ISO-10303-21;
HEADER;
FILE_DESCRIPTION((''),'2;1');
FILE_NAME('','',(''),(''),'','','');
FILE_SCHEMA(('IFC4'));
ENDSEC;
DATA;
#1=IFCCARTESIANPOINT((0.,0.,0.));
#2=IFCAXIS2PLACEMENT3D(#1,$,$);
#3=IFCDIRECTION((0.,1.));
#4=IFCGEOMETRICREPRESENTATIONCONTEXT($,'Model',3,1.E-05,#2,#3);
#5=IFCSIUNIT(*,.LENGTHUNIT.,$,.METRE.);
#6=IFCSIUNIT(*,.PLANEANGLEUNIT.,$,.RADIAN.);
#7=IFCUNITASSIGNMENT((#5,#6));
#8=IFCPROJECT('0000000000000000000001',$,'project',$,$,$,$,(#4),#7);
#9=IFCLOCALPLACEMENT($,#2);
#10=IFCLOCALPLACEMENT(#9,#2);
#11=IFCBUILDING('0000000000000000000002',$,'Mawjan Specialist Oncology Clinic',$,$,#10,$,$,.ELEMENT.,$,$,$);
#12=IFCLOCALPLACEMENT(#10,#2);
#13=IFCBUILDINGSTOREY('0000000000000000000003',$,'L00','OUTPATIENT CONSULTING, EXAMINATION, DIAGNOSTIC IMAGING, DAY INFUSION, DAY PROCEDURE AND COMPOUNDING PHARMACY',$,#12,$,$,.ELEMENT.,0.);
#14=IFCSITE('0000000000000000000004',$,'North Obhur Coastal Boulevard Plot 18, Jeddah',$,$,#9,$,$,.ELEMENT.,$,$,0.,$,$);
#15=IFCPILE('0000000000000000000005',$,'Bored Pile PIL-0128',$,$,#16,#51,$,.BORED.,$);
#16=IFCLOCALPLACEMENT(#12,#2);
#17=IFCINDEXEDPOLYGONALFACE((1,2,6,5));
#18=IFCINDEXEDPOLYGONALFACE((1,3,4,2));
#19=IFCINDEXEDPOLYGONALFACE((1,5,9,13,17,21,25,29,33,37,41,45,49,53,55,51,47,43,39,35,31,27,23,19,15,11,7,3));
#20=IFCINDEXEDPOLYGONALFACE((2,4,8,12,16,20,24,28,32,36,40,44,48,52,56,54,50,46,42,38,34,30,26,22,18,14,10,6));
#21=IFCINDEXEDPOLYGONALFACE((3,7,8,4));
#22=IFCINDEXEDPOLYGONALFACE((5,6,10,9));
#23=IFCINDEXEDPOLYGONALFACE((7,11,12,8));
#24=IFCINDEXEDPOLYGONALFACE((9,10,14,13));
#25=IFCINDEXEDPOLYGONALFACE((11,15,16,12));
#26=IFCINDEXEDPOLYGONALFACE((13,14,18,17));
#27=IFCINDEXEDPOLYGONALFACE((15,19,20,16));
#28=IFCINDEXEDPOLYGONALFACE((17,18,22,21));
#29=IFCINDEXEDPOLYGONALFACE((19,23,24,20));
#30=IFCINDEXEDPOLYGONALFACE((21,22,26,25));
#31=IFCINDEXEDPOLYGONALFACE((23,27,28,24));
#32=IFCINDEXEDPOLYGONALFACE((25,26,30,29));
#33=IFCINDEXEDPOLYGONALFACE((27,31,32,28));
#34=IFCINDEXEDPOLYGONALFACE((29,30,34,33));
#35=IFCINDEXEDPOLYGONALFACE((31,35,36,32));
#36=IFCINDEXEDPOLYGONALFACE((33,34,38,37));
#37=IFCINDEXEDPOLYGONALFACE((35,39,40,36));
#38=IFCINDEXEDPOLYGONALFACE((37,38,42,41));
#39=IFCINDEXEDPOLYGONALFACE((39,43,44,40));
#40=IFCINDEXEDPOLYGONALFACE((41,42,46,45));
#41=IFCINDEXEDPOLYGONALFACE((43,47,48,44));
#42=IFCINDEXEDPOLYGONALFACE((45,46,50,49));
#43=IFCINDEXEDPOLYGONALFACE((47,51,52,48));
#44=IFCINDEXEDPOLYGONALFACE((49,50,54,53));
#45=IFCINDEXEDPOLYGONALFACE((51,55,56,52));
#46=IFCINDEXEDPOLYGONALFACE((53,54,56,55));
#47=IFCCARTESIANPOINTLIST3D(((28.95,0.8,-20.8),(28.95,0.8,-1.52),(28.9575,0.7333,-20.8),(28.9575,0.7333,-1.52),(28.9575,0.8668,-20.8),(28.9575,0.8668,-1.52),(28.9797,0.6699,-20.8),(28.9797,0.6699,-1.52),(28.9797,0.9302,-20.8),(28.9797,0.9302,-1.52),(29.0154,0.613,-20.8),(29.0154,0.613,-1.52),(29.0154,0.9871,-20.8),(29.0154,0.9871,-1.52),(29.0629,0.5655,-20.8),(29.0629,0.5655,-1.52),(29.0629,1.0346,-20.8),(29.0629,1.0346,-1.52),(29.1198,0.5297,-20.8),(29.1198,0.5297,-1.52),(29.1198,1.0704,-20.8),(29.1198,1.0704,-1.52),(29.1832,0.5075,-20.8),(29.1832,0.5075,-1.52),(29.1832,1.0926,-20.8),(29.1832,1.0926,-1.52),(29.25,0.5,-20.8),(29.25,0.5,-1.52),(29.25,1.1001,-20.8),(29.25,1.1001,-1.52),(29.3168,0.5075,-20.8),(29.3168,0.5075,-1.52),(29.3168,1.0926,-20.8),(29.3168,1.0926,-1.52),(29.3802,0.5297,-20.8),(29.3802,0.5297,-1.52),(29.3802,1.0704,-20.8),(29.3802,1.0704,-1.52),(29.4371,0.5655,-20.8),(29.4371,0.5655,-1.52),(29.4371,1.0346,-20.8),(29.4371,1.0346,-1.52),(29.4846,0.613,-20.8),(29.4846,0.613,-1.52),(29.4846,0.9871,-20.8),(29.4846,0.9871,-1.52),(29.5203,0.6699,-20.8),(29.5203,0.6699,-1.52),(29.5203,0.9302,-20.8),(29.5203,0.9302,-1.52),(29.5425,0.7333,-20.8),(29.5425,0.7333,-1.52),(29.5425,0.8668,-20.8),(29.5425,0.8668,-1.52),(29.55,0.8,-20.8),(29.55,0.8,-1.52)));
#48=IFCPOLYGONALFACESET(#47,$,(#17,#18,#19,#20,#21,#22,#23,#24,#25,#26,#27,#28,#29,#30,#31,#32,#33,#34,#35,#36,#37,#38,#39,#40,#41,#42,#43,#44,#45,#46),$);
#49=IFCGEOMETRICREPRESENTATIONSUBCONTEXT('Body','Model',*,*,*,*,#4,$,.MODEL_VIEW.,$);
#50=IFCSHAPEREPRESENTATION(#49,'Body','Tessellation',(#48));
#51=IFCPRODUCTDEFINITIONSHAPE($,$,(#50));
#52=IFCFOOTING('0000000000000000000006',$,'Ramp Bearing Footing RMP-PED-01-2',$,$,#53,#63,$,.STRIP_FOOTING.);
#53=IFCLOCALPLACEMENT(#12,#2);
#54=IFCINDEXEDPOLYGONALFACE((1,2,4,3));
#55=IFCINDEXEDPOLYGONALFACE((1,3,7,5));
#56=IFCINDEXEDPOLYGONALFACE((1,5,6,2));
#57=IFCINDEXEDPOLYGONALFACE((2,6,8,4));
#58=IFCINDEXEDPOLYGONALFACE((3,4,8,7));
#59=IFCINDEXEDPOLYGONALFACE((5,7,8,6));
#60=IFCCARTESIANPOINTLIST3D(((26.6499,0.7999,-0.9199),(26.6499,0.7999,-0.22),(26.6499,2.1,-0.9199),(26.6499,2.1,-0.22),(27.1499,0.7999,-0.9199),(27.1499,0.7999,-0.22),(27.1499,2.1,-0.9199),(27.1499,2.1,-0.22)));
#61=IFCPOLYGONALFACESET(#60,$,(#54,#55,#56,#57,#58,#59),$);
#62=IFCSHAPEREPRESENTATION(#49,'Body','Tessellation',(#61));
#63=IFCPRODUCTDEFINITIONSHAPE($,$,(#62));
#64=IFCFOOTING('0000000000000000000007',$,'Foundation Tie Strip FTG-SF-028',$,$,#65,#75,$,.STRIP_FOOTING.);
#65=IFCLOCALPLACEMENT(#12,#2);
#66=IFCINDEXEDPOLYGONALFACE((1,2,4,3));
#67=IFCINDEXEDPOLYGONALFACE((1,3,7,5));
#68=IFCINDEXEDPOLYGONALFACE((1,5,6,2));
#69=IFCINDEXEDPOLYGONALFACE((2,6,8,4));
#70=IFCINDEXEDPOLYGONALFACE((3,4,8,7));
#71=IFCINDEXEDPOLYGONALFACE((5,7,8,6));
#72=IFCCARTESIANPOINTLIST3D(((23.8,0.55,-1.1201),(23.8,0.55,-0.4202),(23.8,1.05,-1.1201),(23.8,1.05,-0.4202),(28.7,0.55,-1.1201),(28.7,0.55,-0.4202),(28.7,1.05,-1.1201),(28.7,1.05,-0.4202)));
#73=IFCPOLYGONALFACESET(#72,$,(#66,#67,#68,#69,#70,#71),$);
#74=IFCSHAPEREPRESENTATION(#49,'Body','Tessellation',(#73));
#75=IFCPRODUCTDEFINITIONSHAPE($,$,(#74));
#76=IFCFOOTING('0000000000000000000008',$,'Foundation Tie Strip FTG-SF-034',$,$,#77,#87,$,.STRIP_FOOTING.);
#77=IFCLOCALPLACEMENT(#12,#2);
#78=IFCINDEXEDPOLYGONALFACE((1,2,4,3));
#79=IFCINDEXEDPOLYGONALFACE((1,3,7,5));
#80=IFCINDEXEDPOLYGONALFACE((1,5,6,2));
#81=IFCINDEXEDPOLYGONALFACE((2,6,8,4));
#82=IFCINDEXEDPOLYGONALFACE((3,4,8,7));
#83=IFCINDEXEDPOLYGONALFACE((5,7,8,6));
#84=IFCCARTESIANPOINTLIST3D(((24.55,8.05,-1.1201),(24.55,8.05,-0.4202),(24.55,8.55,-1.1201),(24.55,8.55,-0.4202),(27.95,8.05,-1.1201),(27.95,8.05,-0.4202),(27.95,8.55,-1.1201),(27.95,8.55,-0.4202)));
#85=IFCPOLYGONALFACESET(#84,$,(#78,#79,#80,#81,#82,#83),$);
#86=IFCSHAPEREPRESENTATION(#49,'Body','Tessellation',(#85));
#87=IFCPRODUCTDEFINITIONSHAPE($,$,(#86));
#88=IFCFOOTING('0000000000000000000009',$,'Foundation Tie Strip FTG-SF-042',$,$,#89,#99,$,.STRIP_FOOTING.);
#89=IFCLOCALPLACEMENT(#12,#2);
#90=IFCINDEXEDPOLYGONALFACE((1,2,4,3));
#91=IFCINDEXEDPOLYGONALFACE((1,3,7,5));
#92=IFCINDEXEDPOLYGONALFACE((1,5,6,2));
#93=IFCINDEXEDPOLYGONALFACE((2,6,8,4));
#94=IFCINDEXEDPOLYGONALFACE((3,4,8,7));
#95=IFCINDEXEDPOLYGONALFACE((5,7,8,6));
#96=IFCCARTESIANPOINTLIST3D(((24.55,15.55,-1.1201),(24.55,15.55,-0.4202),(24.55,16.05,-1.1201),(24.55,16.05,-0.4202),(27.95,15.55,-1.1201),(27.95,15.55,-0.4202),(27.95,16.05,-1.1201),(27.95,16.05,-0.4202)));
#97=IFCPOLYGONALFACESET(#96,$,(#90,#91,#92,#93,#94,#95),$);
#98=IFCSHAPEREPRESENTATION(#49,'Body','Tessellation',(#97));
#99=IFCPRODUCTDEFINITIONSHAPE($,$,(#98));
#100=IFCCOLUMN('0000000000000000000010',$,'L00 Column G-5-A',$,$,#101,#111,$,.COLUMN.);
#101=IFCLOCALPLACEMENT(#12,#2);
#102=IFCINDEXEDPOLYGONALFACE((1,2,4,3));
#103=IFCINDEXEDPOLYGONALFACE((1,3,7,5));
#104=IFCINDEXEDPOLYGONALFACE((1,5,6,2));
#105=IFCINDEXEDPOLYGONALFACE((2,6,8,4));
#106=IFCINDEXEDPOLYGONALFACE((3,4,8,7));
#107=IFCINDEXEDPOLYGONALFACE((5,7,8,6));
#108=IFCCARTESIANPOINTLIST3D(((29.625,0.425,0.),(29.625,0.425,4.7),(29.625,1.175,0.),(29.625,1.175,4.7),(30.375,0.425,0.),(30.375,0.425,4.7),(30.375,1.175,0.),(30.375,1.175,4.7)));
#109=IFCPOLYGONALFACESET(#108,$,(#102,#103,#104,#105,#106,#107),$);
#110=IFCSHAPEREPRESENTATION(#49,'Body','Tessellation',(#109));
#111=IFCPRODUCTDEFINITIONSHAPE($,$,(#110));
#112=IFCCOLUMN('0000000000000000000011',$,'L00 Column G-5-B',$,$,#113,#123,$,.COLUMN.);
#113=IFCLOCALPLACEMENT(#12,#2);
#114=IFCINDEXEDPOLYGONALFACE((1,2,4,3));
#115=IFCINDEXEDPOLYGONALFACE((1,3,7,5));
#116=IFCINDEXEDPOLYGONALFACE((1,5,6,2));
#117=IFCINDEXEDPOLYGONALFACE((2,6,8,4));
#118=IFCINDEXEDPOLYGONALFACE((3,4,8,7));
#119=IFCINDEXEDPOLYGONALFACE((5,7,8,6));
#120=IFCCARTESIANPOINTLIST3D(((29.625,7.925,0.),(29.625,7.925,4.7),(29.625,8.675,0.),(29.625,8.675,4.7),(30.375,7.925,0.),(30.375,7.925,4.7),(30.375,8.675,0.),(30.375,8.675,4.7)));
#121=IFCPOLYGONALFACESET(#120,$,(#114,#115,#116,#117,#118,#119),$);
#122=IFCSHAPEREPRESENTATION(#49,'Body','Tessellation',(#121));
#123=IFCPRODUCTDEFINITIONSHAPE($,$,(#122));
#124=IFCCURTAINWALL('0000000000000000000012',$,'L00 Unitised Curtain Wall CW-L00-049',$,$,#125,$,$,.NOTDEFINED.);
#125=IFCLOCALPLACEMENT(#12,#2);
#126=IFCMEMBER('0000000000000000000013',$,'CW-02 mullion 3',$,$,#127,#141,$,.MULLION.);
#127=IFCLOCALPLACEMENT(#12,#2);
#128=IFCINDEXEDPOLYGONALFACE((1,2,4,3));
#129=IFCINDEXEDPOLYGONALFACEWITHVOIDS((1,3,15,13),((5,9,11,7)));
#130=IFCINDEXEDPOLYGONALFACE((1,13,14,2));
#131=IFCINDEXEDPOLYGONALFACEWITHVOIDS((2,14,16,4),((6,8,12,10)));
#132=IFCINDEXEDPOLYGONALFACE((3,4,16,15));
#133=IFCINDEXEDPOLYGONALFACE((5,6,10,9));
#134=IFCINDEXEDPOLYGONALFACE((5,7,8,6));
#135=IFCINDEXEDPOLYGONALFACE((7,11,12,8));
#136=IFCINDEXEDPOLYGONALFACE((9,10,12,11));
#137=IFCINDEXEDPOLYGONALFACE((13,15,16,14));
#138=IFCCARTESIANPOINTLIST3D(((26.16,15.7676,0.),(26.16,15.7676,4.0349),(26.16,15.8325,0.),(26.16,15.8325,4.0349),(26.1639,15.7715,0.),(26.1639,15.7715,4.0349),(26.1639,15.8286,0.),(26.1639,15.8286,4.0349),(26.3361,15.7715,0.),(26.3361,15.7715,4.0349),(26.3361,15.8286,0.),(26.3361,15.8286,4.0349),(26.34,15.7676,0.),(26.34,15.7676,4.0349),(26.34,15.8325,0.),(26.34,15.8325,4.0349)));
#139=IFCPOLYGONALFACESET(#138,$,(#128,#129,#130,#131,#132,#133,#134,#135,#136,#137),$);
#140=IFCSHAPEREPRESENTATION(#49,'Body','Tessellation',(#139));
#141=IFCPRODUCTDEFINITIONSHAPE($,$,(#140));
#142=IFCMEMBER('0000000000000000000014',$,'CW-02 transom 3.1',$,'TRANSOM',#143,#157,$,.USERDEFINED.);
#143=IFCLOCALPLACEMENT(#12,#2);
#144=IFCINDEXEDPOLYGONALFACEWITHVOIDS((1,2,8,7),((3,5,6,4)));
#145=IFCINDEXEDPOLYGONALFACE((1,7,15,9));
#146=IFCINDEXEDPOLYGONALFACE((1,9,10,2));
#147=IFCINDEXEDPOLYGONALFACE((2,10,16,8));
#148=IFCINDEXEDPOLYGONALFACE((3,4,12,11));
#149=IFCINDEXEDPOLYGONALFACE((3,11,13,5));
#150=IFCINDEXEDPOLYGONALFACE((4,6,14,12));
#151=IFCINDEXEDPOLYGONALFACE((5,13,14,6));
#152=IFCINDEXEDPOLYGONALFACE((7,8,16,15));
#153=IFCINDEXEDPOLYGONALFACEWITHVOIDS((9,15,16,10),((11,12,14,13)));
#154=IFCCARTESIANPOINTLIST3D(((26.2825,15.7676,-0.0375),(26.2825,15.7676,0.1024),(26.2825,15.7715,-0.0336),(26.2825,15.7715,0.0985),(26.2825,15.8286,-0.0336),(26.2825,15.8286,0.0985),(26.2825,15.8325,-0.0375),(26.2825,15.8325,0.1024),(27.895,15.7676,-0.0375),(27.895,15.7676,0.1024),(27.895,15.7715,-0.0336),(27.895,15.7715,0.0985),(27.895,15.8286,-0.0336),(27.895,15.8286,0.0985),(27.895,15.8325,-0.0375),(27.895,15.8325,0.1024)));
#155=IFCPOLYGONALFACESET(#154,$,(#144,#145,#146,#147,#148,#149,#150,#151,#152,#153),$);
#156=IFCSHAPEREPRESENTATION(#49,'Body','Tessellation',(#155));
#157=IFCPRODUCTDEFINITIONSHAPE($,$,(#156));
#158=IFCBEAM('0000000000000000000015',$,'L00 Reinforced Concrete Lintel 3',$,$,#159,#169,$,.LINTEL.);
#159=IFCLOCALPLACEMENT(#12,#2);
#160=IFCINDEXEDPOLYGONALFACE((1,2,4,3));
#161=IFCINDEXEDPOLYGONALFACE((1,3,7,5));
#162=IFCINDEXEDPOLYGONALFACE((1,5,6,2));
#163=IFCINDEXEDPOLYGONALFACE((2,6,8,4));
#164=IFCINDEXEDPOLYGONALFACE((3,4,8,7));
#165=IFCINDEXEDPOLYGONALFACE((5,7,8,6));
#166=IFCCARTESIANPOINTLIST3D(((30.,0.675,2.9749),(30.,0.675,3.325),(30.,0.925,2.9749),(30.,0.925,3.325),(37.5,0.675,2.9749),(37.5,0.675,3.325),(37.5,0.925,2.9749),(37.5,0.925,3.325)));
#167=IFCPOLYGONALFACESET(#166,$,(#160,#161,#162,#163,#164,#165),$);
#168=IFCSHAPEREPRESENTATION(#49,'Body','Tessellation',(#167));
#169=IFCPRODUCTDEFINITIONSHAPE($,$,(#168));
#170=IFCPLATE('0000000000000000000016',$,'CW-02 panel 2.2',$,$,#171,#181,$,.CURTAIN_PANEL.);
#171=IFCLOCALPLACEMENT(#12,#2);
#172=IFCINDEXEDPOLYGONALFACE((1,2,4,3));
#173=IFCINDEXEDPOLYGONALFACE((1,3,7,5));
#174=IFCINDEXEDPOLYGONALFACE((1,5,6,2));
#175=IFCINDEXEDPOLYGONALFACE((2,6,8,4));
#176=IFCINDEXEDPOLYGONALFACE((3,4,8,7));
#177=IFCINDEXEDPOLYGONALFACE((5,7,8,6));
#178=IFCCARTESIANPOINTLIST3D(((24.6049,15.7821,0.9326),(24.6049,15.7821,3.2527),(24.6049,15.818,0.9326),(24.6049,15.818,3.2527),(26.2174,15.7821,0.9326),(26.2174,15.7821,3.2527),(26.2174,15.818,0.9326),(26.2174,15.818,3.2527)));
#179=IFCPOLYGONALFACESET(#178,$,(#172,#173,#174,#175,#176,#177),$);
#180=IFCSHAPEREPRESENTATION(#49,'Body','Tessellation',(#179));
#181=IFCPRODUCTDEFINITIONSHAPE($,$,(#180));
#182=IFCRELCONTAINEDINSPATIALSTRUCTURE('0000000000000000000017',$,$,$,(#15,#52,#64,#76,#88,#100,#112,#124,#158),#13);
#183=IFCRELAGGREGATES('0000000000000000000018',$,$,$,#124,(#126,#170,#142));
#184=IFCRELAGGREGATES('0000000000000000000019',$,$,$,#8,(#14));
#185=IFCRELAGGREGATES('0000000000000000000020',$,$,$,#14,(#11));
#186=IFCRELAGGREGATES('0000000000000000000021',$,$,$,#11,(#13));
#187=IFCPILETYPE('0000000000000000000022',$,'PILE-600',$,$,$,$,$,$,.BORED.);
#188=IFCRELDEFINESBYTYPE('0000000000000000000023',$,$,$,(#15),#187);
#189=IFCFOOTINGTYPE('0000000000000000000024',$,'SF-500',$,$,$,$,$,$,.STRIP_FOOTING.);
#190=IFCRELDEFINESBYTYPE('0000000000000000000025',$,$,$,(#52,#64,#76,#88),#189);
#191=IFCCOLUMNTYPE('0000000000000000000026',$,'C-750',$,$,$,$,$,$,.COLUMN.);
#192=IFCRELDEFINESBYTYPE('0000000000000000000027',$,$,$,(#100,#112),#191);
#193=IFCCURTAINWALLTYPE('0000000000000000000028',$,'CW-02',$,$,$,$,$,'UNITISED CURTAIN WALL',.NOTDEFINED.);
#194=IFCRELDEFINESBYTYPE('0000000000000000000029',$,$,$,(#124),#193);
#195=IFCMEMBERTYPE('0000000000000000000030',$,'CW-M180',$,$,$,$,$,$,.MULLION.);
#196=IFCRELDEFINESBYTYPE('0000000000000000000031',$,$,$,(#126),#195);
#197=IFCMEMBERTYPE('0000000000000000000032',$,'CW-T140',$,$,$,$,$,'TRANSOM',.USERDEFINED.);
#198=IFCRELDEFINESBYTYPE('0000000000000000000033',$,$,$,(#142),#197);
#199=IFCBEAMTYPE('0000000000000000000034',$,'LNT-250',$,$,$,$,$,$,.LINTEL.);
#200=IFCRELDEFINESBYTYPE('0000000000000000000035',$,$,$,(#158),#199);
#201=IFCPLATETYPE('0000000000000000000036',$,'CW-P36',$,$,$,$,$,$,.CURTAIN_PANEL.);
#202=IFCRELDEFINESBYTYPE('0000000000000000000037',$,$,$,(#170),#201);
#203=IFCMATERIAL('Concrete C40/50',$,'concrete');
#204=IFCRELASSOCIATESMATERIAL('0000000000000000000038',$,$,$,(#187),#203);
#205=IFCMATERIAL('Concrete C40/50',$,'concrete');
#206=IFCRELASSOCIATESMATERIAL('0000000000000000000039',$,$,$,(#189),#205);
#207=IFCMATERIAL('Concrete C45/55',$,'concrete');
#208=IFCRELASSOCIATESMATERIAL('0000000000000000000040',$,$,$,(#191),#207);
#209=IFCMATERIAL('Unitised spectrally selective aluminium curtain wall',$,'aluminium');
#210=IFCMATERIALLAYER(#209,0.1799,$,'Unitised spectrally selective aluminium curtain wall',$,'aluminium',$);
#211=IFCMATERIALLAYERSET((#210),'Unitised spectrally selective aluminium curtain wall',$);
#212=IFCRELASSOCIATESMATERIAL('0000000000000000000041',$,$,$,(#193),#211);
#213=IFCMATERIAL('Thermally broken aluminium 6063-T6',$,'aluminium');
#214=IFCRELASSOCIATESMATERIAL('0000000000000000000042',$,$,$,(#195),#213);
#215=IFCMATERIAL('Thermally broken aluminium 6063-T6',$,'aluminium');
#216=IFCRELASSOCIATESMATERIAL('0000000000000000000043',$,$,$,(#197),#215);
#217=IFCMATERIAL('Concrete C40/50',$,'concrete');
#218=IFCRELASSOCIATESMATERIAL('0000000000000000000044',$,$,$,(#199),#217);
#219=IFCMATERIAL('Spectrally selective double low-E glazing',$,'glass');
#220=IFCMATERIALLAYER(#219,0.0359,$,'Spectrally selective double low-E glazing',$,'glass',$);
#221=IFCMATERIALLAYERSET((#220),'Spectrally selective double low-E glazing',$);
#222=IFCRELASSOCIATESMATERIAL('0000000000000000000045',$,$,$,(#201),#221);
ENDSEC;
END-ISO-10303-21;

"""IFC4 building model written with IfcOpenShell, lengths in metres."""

from ifc_helpers import new_model, si_unit, direction, frame, origin, origin_2d, place, context, subcontext, project, spatial, rectangle, hollow_rectangle, circle, extrude, material, layer, layer_set, material_profile, profile_set, type_object, element, aggregate, save


model = new_model("IFC4")

# Units and contexts
model_context = context("Model", 3, precision=1e-05, world=origin(), true_north=direction((0.0, 1.0)))
body_context = subcontext(model_context, "Body", "Model", "MODEL_VIEW")
ifc_project = project(units=[si_unit("LENGTHUNIT", "METRE"), si_unit("PLANEANGLEUNIT", "RADIAN")], contexts=[model_context])

# Site, building, storey
site_placement = place(None, origin())
site = spatial("IfcSite", under=ifc_project, at=site_placement, Name="North Obhur Coastal Boulevard Plot 18, Jeddah", CompositionType="ELEMENT", RefElevation=0.0)
building_placement = place(site_placement, origin())
building = spatial("IfcBuilding", under=site, at=building_placement, Name="Mawjan Specialist Oncology Clinic", CompositionType="ELEMENT")
storey_placement = place(building_placement, origin())
storey = spatial("IfcBuildingStorey", under=building, at=storey_placement, Name="L00", Description="OUTPATIENT CONSULTING, EXAMINATION, DIAGNOSTIC IMAGING, DAY INFUSION, DAY PROCEDURE AND COMPOUNDING PHARMACY", CompositionType="ELEMENT", Elevation=0.0)

# Pile
ifc_material_1 = material(Name="Concrete C40/50", Category="concrete")
ifc_material_profile_1 = material_profile(ifc_material_1, circle(Radius=0.3, at=origin_2d()), Name="BORED PILE D600", Category="concrete")
ifc_profile_set_1 = profile_set([ifc_material_profile_1], Name="Concrete C40/50")
pile_type_1 = type_object("IfcPileType", Name="PILE-600", PredefinedType="BORED", material=ifc_profile_set_1)
pile_placement = place(storey_placement, frame((29.25, 0.8, -1.52), z_axis=(0.0, 0.0, -1.0), x_axis=(1.0, 0.0, 0.0)))
element("IfcPile", 1, at=pile_placement, inside=storey, type_object=pile_type_1, Name="Bored Pile PIL-0128", PredefinedType="BORED", context=body_context, shape_type="SweptSolid", body=[
    extrude(circle(Radius=0.3, at=origin_2d()), origin(), (0.0, 0.0, 1.0), 19.28),
])

# Footings
ifc_material_2 = material(Name="Concrete C40/50", Category="concrete")
footing_type_1 = type_object("IfcFootingType", Name="SF-500", PredefinedType="STRIP_FOOTING", material=ifc_material_2)
footing_1_placement = place(storey_placement, frame((26.8999, 1.45, -0.9199), z_axis=(0.0, 0.0, 1.0), x_axis=(1.0, 0.0, 0.0)))
element("IfcFooting", 2, at=footing_1_placement, inside=storey, type_object=footing_type_1, Name="Ramp Bearing Footing RMP-PED-01-2", PredefinedType="STRIP_FOOTING", context=body_context, shape_type="SweptSolid", body=[
    extrude(rectangle(XDim=0.5, YDim=1.3, at=origin_2d()), origin(), (0.0, 0.0, 1.0), 0.7),
])
footing_2_placement = place(storey_placement, frame((26.25, 0.8, -1.1201), z_axis=(0.0, 0.0, 1.0), x_axis=(1.0, 0.0, 0.0)))
element("IfcFooting", 3, at=footing_2_placement, inside=storey, type_object=footing_type_1, Name="Foundation Tie Strip FTG-SF-028", PredefinedType="STRIP_FOOTING", context=body_context, shape_type="SweptSolid", body=[
    extrude(rectangle(XDim=4.8999, YDim=0.5, at=origin_2d()), origin(), (0.0, 0.0, 1.0), 0.7),
])
for number, where, z_axis, x_axis, name in (
    (4, (26.25, 8.3, -1.1201), (0.0, 0.0, 1.0), (1.0, 0.0, 0.0), "Foundation Tie Strip FTG-SF-034"),
    (5, (26.25, 15.8, -1.1201), (0.0, 0.0, 1.0), (1.0, 0.0, 0.0), "Foundation Tie Strip FTG-SF-042"),
):
    element("IfcFooting", number, at=place(storey_placement, frame(where, z_axis=z_axis, x_axis=x_axis)), inside=storey, type_object=footing_type_1, Name=name, PredefinedType="STRIP_FOOTING", context=body_context, shape_type="SweptSolid", body=[
        extrude(rectangle(XDim=3.3999, YDim=0.5, at=origin_2d()), origin(), (0.0, 0.0, 1.0), 0.7),
    ])

# Columns
ifc_material_3 = material(Name="Concrete C45/55", Category="concrete")
ifc_material_profile_2 = material_profile(ifc_material_3, rectangle(XDim=0.75, YDim=0.75, at=origin_2d()), Name="RC COL 750x750", Category="concrete")
ifc_profile_set_2 = profile_set([ifc_material_profile_2], Name="Concrete C45/55")
column_type = type_object("IfcColumnType", Name="C-750", PredefinedType="COLUMN", material=ifc_profile_set_2)
for number, where, z_axis, x_axis, name in (
    (6, (30.0, 0.8, 0.0), (0.0, 0.0, 1.0), (1.0, 0.0, 0.0), "L00 Column G-5-A"),
    (7, (30.0, 8.3, 0.0), (0.0, 0.0, 1.0), (1.0, 0.0, 0.0), "L00 Column G-5-B"),
):
    element("IfcColumn", number, at=place(storey_placement, frame(where, z_axis=z_axis, x_axis=x_axis)), inside=storey, type_object=column_type, Name=name, PredefinedType="COLUMN", context=body_context, shape_type="SweptSolid", body=[
        extrude(rectangle(XDim=0.75, YDim=0.75, at=origin_2d()), origin(), (0.0, 0.0, 1.0), 4.7),
    ])

# Curtain wall, members
ifc_material_4 = material(Name="Unitised spectrally selective aluminium curtain wall", Category="aluminium")
ifc_layer_1 = layer(ifc_material_4, 0.1799, Name="Unitised spectrally selective aluminium curtain wall", Category="aluminium")
ifc_layer_set_1 = layer_set([ifc_layer_1], Name="Unitised spectrally selective aluminium curtain wall")
curtain_wall_type = type_object("IfcCurtainWallType", Name="CW-02", ElementType="UNITISED CURTAIN WALL", PredefinedType="NOTDEFINED", material=ifc_layer_set_1)
curtain_wall_placement = place(storey_placement, origin())
curtain_wall = element("IfcCurtainWall", 8, at=curtain_wall_placement, inside=storey, type_object=curtain_wall_type, Name="L00 Unitised Curtain Wall CW-L00-049", PredefinedType="NOTDEFINED")
ifc_material_5 = material(Name="Thermally broken aluminium 6063-T6", Category="aluminium")
ifc_material_profile_3 = material_profile(ifc_material_5, hollow_rectangle(XDim=0.0649, YDim=0.1799, WallThickness=0.0039, at=origin_2d()), Name="ALU MULLION 180x65x4", Category="aluminium")
ifc_profile_set_3 = profile_set([ifc_material_profile_3], Name="Thermally broken aluminium 6063-T6")
member_type_1 = type_object("IfcMemberType", Name="CW-M180", PredefinedType="MULLION", material=ifc_profile_set_3)
member_1_placement = place(storey_placement, frame((26.25, 15.8, 0.0), z_axis=(0.0, 0.0, 1.0), x_axis=(0.0, 1.0, 0.0)))
member_1 = element("IfcMember", 9, at=member_1_placement, type_object=member_type_1, Name="CW-02 mullion 3", PredefinedType="MULLION", context=body_context, shape_type="SweptSolid", body=[
    extrude(hollow_rectangle(XDim=0.0649, YDim=0.1799, WallThickness=0.0039, at=origin_2d()), origin(), (0.0, 0.0, 1.0), 4.0349),
])
ifc_material_6 = material(Name="Thermally broken aluminium 6063-T6", Category="aluminium")
ifc_material_profile_4 = material_profile(ifc_material_6, hollow_rectangle(XDim=0.0649, YDim=0.1399, WallThickness=0.0039, at=origin_2d()), Name="ALU TRANSOM 140x65x4", Category="aluminium")
ifc_profile_set_4 = profile_set([ifc_material_profile_4], Name="Thermally broken aluminium 6063-T6")
member_type_2 = type_object("IfcMemberType", Name="CW-T140", ElementType="TRANSOM", PredefinedType="USERDEFINED", material=ifc_profile_set_4)
member_2_placement = place(storey_placement, frame((26.2825, 15.8, 0.0325), z_axis=(1.0, 0.0, 0.0), x_axis=(0.0, 1.0, 0.0)))
member_2 = element("IfcMember", 10, at=member_2_placement, type_object=member_type_2, Name="CW-02 transom 3.1", ObjectType="TRANSOM", PredefinedType="USERDEFINED", context=body_context, shape_type="SweptSolid", body=[
    extrude(hollow_rectangle(XDim=0.0649, YDim=0.1399, WallThickness=0.0039, at=origin_2d()), origin(), (0.0, 0.0, 1.0), 1.6125),
])

# Beam
ifc_material_7 = material(Name="Concrete C40/50", Category="concrete")
ifc_material_profile_5 = material_profile(ifc_material_7, rectangle(XDim=0.25, YDim=0.3501, at=origin_2d()), Name="RC LINTEL 250x350", Category="concrete")
ifc_profile_set_5 = profile_set([ifc_material_profile_5], Name="Concrete C40/50")
beam_type = type_object("IfcBeamType", Name="LNT-250", PredefinedType="LINTEL", material=ifc_profile_set_5)
beam_placement = place(storey_placement, frame((30.0, 0.8, 3.1499), z_axis=(1.0, 0.0, 0.0), x_axis=(0.0, 1.0, 0.0)))
element("IfcBeam", 11, at=beam_placement, inside=storey, type_object=beam_type, Name="L00 Reinforced Concrete Lintel 3", PredefinedType="LINTEL", context=body_context, shape_type="SweptSolid", body=[
    extrude(rectangle(XDim=0.25, YDim=0.3501, at=origin_2d()), origin(), (0.0, 0.0, 1.0), 7.5),
])

# Plate
ifc_material_8 = material(Name="Spectrally selective double low-E glazing", Category="glass")
ifc_layer_2 = layer(ifc_material_8, 0.0359, Name="Spectrally selective double low-E glazing", Category="glass")
ifc_layer_set_2 = layer_set([ifc_layer_2], Name="Spectrally selective double low-E glazing")
plate_type = type_object("IfcPlateType", Name="CW-P36", PredefinedType="CURTAIN_PANEL", material=ifc_layer_set_2)
plate_1_placement = place(storey_placement, frame((25.4111, 15.8, 0.9326), z_axis=(0.0, 0.0, 1.0), x_axis=(1.0, 0.0, 0.0)))
plate_1 = element("IfcPlate", 12, at=plate_1_placement, type_object=plate_type, Name="CW-02 panel 2.2", PredefinedType="CURTAIN_PANEL", context=body_context, shape_type="SweptSolid", body=[
    extrude(rectangle(XDim=1.6125, YDim=0.0359, at=origin_2d()), origin(), (0.0, 0.0, 1.0), 2.3201),
])
aggregate(curtain_wall, [member_1, plate_1, member_2])

save(model, "model.ifc")
